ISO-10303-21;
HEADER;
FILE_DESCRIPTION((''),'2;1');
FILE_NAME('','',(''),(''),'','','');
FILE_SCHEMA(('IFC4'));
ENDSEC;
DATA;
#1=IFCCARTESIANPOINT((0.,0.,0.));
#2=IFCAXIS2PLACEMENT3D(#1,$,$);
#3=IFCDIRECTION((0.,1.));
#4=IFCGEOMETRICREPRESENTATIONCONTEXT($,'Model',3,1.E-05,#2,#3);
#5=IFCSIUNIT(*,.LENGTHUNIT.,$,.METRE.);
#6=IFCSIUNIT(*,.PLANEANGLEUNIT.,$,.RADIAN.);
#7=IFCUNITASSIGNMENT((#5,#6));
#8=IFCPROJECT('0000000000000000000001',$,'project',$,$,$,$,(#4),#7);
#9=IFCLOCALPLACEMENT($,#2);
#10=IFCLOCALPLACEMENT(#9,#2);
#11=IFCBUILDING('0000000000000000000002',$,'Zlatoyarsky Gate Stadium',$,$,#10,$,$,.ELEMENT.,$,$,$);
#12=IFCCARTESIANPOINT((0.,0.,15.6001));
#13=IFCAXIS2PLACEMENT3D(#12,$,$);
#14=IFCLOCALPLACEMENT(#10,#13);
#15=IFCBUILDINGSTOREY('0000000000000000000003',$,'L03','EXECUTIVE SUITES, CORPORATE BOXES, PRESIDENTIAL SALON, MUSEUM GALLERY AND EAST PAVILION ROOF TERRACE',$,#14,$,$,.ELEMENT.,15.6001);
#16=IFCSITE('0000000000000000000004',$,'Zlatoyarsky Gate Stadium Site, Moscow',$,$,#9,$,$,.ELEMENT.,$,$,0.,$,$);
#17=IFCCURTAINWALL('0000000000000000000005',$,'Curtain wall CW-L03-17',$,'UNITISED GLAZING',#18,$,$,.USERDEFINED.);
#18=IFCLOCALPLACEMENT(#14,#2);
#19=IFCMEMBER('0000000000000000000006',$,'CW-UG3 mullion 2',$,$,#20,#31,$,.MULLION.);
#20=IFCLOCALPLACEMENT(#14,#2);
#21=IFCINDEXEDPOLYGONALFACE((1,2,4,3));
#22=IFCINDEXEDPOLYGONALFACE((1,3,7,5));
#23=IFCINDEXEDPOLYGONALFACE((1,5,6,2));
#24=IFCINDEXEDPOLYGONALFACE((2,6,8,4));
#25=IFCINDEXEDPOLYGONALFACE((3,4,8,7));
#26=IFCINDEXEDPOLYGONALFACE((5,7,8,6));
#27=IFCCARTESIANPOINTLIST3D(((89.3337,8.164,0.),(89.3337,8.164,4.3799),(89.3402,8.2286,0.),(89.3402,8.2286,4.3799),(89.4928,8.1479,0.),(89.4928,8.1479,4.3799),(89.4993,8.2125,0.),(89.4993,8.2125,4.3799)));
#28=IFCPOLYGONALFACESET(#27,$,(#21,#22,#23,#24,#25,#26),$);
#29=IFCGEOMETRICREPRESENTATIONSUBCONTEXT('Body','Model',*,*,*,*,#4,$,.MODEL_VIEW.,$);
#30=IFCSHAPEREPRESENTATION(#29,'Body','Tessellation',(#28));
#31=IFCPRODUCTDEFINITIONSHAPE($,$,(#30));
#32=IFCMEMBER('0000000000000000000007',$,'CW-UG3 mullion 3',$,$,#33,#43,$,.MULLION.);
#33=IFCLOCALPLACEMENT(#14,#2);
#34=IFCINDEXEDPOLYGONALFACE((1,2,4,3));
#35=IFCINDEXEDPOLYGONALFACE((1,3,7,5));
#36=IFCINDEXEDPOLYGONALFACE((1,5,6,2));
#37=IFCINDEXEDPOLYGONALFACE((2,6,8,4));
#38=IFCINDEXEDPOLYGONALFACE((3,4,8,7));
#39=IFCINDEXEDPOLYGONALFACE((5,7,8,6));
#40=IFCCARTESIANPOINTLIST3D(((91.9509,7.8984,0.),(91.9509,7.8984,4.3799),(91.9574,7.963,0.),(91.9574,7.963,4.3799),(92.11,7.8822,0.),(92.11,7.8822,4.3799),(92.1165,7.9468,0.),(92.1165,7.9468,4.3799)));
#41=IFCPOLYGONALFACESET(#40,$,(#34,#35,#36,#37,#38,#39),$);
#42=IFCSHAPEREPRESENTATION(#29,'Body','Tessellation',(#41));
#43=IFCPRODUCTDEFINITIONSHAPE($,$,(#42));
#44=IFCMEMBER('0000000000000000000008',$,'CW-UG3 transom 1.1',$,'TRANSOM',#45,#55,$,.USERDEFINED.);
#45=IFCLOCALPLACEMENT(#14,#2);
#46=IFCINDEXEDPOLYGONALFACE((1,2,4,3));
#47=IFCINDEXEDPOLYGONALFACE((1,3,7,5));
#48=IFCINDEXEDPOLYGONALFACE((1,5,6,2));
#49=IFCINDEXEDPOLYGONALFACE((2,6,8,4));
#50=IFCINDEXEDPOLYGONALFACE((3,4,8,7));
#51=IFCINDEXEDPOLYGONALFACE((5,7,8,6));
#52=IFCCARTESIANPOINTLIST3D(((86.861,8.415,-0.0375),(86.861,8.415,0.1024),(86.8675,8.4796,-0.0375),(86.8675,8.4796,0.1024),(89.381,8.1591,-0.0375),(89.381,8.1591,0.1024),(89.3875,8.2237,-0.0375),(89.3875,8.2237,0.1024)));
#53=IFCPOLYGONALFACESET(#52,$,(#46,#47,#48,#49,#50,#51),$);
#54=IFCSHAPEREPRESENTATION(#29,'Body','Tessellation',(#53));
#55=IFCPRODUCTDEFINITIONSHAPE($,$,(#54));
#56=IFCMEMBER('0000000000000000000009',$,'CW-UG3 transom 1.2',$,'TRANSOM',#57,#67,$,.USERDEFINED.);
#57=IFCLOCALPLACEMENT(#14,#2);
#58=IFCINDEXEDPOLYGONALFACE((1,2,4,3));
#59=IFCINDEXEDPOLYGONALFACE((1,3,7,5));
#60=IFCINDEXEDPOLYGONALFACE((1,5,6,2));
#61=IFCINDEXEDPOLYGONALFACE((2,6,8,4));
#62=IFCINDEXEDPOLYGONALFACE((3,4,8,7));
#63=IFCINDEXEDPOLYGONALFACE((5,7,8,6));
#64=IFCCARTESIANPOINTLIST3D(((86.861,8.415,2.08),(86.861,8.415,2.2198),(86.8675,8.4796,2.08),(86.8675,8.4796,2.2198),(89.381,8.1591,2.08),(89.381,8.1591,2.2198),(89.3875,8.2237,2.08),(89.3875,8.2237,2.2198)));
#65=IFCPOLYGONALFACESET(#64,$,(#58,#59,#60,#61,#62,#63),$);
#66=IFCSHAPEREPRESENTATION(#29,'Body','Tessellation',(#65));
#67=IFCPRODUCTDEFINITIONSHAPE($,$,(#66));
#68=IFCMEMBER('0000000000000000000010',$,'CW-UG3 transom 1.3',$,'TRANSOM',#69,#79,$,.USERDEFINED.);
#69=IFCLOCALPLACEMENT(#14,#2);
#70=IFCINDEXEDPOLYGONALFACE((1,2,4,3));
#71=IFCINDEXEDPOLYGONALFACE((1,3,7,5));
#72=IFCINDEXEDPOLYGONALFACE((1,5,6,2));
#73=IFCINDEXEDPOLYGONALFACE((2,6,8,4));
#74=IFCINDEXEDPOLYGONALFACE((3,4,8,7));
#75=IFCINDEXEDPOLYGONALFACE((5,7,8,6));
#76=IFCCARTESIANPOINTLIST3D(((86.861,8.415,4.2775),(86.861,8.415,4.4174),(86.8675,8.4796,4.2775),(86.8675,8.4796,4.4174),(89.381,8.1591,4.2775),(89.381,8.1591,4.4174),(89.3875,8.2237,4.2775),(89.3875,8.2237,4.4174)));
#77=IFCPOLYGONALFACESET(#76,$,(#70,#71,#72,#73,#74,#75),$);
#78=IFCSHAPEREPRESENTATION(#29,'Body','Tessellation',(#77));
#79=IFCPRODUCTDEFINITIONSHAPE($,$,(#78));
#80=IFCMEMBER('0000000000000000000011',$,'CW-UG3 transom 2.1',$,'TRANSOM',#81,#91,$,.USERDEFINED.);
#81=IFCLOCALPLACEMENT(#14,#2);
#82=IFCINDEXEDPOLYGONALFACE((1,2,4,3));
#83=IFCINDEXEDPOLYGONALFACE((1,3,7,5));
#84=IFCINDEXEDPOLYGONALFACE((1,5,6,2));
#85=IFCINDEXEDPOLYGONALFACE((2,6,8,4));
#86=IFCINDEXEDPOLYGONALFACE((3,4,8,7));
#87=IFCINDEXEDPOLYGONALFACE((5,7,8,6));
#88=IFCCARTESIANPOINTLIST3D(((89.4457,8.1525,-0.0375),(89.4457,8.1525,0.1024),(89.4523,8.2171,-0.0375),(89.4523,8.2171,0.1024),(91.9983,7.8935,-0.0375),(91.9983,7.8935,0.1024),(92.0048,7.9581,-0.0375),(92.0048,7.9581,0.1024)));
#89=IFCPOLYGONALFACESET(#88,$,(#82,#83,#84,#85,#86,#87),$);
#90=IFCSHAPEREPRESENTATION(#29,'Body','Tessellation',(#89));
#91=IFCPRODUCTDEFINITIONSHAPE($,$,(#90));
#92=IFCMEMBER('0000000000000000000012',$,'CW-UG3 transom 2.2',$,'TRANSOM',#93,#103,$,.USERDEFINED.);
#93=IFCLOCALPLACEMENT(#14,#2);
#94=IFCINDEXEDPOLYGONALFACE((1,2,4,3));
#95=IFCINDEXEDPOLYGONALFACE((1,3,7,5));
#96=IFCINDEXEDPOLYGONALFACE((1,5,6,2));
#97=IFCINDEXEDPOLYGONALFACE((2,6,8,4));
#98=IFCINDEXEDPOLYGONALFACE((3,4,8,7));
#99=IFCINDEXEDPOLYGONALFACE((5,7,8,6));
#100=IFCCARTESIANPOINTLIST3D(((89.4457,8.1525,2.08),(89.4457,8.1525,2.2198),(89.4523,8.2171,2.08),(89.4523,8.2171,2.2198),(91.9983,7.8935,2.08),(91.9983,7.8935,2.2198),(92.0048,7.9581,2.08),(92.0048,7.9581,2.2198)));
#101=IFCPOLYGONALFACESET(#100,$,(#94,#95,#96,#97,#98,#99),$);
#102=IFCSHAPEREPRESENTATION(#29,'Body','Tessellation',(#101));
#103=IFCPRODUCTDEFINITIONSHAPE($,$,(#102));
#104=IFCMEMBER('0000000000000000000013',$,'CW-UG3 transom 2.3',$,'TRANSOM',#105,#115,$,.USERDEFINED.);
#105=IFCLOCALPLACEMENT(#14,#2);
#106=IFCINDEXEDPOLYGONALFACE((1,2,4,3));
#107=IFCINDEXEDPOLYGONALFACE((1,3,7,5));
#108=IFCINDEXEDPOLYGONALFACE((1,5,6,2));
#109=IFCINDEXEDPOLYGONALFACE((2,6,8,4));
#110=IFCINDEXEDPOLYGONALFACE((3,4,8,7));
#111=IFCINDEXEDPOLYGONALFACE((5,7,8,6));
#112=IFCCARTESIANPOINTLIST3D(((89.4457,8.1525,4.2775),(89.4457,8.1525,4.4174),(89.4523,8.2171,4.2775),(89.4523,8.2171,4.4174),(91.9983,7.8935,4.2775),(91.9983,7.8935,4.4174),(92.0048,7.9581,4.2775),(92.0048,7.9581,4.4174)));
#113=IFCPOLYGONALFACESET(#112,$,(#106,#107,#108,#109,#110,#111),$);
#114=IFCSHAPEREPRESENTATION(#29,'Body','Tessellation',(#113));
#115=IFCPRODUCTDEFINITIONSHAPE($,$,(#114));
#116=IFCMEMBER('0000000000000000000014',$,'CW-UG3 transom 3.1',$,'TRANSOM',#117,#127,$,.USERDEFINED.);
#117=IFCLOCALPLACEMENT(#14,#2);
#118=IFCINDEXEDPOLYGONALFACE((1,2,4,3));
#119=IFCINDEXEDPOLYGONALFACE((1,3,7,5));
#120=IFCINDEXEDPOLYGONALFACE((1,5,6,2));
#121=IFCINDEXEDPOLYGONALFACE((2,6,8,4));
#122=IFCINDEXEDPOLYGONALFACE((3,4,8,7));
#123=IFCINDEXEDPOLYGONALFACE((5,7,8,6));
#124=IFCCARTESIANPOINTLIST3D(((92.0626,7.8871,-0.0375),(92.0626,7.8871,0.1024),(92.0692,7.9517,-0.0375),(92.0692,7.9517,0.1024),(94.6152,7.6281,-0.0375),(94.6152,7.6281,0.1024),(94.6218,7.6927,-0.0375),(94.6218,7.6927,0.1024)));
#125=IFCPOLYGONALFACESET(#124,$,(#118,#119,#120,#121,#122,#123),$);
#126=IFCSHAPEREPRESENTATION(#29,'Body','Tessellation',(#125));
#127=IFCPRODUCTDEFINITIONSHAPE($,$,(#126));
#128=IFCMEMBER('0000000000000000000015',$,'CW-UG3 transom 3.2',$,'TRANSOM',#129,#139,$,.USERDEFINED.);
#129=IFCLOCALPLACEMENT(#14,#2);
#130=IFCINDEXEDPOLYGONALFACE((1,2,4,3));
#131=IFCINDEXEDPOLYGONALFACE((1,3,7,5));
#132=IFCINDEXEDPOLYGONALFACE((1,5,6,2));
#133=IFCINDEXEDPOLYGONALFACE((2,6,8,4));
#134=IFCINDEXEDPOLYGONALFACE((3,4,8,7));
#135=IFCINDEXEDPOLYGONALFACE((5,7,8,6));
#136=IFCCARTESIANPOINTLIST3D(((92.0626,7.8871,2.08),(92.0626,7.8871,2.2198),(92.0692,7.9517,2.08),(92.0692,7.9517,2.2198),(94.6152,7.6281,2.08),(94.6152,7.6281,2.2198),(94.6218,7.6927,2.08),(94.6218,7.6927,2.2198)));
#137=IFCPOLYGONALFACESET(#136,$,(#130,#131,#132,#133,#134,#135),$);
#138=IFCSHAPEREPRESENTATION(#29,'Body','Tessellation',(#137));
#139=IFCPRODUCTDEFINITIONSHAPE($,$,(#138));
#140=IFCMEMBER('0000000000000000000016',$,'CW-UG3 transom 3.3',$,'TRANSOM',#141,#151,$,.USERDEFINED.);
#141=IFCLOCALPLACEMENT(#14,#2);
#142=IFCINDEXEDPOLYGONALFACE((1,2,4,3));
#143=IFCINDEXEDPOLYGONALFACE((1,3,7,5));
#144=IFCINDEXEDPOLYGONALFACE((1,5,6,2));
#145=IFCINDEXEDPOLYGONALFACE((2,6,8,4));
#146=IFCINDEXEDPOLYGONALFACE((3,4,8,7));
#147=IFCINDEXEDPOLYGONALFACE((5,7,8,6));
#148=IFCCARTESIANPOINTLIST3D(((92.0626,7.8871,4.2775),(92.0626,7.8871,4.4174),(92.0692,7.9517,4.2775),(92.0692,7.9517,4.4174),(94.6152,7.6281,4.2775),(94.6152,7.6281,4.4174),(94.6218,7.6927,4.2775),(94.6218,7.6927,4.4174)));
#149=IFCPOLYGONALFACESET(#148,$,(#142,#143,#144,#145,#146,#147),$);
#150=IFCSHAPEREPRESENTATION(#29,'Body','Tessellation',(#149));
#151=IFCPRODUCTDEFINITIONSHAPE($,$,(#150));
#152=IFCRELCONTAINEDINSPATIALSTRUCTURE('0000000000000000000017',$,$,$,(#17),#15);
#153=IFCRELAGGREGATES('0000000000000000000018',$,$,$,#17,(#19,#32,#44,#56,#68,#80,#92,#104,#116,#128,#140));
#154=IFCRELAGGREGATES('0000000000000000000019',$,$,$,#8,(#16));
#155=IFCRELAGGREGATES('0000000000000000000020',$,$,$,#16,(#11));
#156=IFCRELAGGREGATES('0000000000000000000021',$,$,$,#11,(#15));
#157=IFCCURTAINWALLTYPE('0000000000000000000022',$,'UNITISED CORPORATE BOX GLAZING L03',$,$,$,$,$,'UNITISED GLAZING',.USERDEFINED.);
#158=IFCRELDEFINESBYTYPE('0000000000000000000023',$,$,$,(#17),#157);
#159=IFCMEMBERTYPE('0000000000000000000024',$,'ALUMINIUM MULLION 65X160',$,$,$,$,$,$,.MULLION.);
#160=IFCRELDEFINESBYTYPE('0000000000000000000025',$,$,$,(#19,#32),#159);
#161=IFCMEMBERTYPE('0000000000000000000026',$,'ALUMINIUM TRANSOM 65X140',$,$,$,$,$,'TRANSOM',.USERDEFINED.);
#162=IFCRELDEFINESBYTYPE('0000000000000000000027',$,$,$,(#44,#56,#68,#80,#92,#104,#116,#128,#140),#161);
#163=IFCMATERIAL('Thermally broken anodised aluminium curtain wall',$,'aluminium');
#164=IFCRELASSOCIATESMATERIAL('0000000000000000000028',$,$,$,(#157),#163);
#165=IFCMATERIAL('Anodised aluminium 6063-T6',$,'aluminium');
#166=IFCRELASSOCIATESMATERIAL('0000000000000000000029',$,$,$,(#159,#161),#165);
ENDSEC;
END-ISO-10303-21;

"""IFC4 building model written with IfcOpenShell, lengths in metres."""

from ifc_helpers import new_model, si_unit, direction, frame, origin, origin_2d, place, context, subcontext, project, spatial, rectangle, extrude, material, material_profile, profile_set, type_object, element, aggregate, save


model = new_model("IFC4")

# Units and contexts
model_context = context("Model", 3, precision=1e-05, world=origin(), true_north=direction((0.0, 1.0)))
body_context = subcontext(model_context, "Body", "Model", "MODEL_VIEW")
ifc_project = project(units=[si_unit("LENGTHUNIT", "METRE"), si_unit("PLANEANGLEUNIT", "RADIAN")], contexts=[model_context])

# Site, building, storey
site_placement = place(None, origin())
site = spatial("IfcSite", under=ifc_project, at=site_placement, Name="Zlatoyarsky Gate Stadium Site, Moscow", CompositionType="ELEMENT", RefElevation=0.0)
building_placement = place(site_placement, origin())
building = spatial("IfcBuilding", under=site, at=building_placement, Name="Zlatoyarsky Gate Stadium", CompositionType="ELEMENT")
storey_placement = place(building_placement, frame((0.0, 0.0, 15.6001)))
storey = spatial("IfcBuildingStorey", under=building, at=storey_placement, Name="L03", Description="EXECUTIVE SUITES, CORPORATE BOXES, PRESIDENTIAL SALON, MUSEUM GALLERY AND EAST PAVILION ROOF TERRACE", CompositionType="ELEMENT", Elevation=15.6001)

# Curtain wall, members
ifc_material_1 = material(Name="Thermally broken anodised aluminium curtain wall", Category="aluminium")
curtain_wall_type = type_object("IfcCurtainWallType", Name="UNITISED CORPORATE BOX GLAZING L03", ElementType="UNITISED GLAZING", PredefinedType="USERDEFINED", material=ifc_material_1)
curtain_wall_placement = place(storey_placement, origin())
curtain_wall = element("IfcCurtainWall", 1, at=curtain_wall_placement, inside=storey, type_object=curtain_wall_type, Name="Curtain wall CW-L03-17", ObjectType="UNITISED GLAZING", PredefinedType="USERDEFINED")
ifc_material_2 = material(Name="Anodised aluminium 6063-T6", Category="aluminium")
ifc_material_profile_1 = material_profile(ifc_material_2, rectangle(XDim=0.0649, YDim=0.1599, at=origin_2d()), Name="ALU 65X160")
ifc_profile_set_1 = profile_set([ifc_material_profile_1], Name="Anodised aluminium 6063-T6")
member_type_1 = type_object("IfcMemberType", Name="ALUMINIUM MULLION 65X160", PredefinedType="MULLION", material=ifc_profile_set_1)
member_1_placement = place(storey_placement, frame((89.4165, 8.1882, 0.0), z_axis=(0.0, 0.0, 1.0), x_axis=(0.100968, 0.99489, 0.0)))
member_1 = element("IfcMember", 2, at=member_1_placement, type_object=member_type_1, Name="CW-UG3 mullion 2", PredefinedType="MULLION", context=body_context, shape_type="SweptSolid", body=[
    extrude(rectangle(XDim=0.0649, YDim=0.1599, at=origin_2d()), origin(), (0.0, 0.0, 1.0), 4.3799),
])
member_2_placement = place(storey_placement, frame((92.0337, 7.9226, 0.0), z_axis=(0.0, 0.0, 1.0), x_axis=(0.100968, 0.99489, 0.0)))
member_2 = element("IfcMember", 3, at=member_2_placement, type_object=member_type_1, Name="CW-UG3 mullion 3", PredefinedType="MULLION", context=body_context, shape_type="SweptSolid", body=[
    extrude(rectangle(XDim=0.0649, YDim=0.1599, at=origin_2d()), origin(), (0.0, 0.0, 1.0), 4.3799),
])
ifc_material_profile_2 = material_profile(ifc_material_2, rectangle(XDim=0.0649, YDim=0.1399, at=origin_2d()), Name="ALU 65X140")
ifc_profile_set_2 = profile_set([ifc_material_profile_2], Name="Anodised aluminium 6063-T6")
member_type_2 = type_object("IfcMemberType", Name="ALUMINIUM TRANSOM 65X140", ElementType="TRANSOM", PredefinedType="USERDEFINED", material=ifc_profile_set_2)
member_3_placement = place(storey_placement, frame((86.8643, 8.4473, 0.0325), z_axis=(0.994885, -0.101011, 0.0), x_axis=(0.101011, 0.994885, 0.0)))
member_3 = element("IfcMember", 4, at=member_3_placement, type_object=member_type_2, Name="CW-UG3 transom 1.1", ObjectType="TRANSOM", PredefinedType="USERDEFINED", context=body_context, shape_type="SweptSolid", body=[
    extrude(rectangle(XDim=0.0649, YDim=0.1399, at=origin_2d()), origin(), (0.0, 0.0, 1.0), 2.533),
])
member_4_placement = place(storey_placement, frame((86.8643, 8.4473, 2.1499), z_axis=(0.994885, -0.101011, 0.0), x_axis=(0.101011, 0.994885, 0.0)))
member_4 = element("IfcMember", 5, at=member_4_placement, type_object=member_type_2, Name="CW-UG3 transom 1.2", ObjectType="TRANSOM", PredefinedType="USERDEFINED", context=body_context, shape_type="SweptSolid", body=[
    extrude(rectangle(XDim=0.0649, YDim=0.1399, at=origin_2d()), origin(), (0.0, 0.0, 1.0), 2.533),
])
member_5_placement = place(storey_placement, frame((86.8643, 8.4473, 4.3474), z_axis=(0.994885, -0.101011, 0.0), x_axis=(0.101011, 0.994885, 0.0)))
member_5 = element("IfcMember", 6, at=member_5_placement, type_object=member_type_2, Name="CW-UG3 transom 1.3", ObjectType="TRANSOM", PredefinedType="USERDEFINED", context=body_context, shape_type="SweptSolid", body=[
    extrude(rectangle(XDim=0.0649, YDim=0.1399, at=origin_2d()), origin(), (0.0, 0.0, 1.0), 2.533),
])
member_6_placement = place(storey_placement, frame((89.449, 8.1848, 0.0325), z_axis=(0.99489, -0.100964, 0.0), x_axis=(0.100964, 0.99489, 0.0)))
member_6 = element("IfcMember", 7, at=member_6_placement, type_object=member_type_2, Name="CW-UG3 transom 2.1", ObjectType="TRANSOM", PredefinedType="USERDEFINED", context=body_context, shape_type="SweptSolid", body=[
    extrude(rectangle(XDim=0.0649, YDim=0.1399, at=origin_2d()), origin(), (0.0, 0.0, 1.0), 2.5657),
])
member_7_placement = place(storey_placement, frame((89.449, 8.1848, 2.1499), z_axis=(0.99489, -0.100964, 0.0), x_axis=(0.100964, 0.99489, 0.0)))
member_7 = element("IfcMember", 8, at=member_7_placement, type_object=member_type_2, Name="CW-UG3 transom 2.2", ObjectType="TRANSOM", PredefinedType="USERDEFINED", context=body_context, shape_type="SweptSolid", body=[
    extrude(rectangle(XDim=0.0649, YDim=0.1399, at=origin_2d()), origin(), (0.0, 0.0, 1.0), 2.5657),
])
member_8_placement = place(storey_placement, frame((89.449, 8.1848, 4.3474), z_axis=(0.99489, -0.100964, 0.0), x_axis=(0.100964, 0.99489, 0.0)))
member_8 = element("IfcMember", 9, at=member_8_placement, type_object=member_type_2, Name="CW-UG3 transom 2.3", ObjectType="TRANSOM", PredefinedType="USERDEFINED", context=body_context, shape_type="SweptSolid", body=[
    extrude(rectangle(XDim=0.0649, YDim=0.1399, at=origin_2d()), origin(), (0.0, 0.0, 1.0), 2.5657),
])
member_9_placement = place(storey_placement, frame((92.0659, 7.9194, 0.0325), z_axis=(0.99489, -0.100964, 0.0), x_axis=(0.100964, 0.99489, 0.0)))
member_9 = element("IfcMember", 10, at=member_9_placement, type_object=member_type_2, Name="CW-UG3 transom 3.1", ObjectType="TRANSOM", PredefinedType="USERDEFINED", context=body_context, shape_type="SweptSolid", body=[
    extrude(rectangle(XDim=0.0649, YDim=0.1399, at=origin_2d()), origin(), (0.0, 0.0, 1.0), 2.5657),
])
member_10_placement = place(storey_placement, frame((92.0659, 7.9194, 2.1499), z_axis=(0.99489, -0.100964, 0.0), x_axis=(0.100964, 0.99489, 0.0)))
member_10 = element("IfcMember", 11, at=member_10_placement, type_object=member_type_2, Name="CW-UG3 transom 3.2", ObjectType="TRANSOM", PredefinedType="USERDEFINED", context=body_context, shape_type="SweptSolid", body=[
    extrude(rectangle(XDim=0.0649, YDim=0.1399, at=origin_2d()), origin(), (0.0, 0.0, 1.0), 2.5657),
])
member_11_placement = place(storey_placement, frame((92.0659, 7.9194, 4.3474), z_axis=(0.99489, -0.100964, 0.0), x_axis=(0.100964, 0.99489, 0.0)))
member_11 = element("IfcMember", 12, at=member_11_placement, type_object=member_type_2, Name="CW-UG3 transom 3.3", ObjectType="TRANSOM", PredefinedType="USERDEFINED", context=body_context, shape_type="SweptSolid", body=[
    extrude(rectangle(XDim=0.0649, YDim=0.1399, at=origin_2d()), origin(), (0.0, 0.0, 1.0), 2.5657),
])

aggregate(curtain_wall, [member_1, member_2, member_3, member_4, member_5, member_6, member_7, member_8, member_9, member_10, member_11])

save(model, "model.ifc")
